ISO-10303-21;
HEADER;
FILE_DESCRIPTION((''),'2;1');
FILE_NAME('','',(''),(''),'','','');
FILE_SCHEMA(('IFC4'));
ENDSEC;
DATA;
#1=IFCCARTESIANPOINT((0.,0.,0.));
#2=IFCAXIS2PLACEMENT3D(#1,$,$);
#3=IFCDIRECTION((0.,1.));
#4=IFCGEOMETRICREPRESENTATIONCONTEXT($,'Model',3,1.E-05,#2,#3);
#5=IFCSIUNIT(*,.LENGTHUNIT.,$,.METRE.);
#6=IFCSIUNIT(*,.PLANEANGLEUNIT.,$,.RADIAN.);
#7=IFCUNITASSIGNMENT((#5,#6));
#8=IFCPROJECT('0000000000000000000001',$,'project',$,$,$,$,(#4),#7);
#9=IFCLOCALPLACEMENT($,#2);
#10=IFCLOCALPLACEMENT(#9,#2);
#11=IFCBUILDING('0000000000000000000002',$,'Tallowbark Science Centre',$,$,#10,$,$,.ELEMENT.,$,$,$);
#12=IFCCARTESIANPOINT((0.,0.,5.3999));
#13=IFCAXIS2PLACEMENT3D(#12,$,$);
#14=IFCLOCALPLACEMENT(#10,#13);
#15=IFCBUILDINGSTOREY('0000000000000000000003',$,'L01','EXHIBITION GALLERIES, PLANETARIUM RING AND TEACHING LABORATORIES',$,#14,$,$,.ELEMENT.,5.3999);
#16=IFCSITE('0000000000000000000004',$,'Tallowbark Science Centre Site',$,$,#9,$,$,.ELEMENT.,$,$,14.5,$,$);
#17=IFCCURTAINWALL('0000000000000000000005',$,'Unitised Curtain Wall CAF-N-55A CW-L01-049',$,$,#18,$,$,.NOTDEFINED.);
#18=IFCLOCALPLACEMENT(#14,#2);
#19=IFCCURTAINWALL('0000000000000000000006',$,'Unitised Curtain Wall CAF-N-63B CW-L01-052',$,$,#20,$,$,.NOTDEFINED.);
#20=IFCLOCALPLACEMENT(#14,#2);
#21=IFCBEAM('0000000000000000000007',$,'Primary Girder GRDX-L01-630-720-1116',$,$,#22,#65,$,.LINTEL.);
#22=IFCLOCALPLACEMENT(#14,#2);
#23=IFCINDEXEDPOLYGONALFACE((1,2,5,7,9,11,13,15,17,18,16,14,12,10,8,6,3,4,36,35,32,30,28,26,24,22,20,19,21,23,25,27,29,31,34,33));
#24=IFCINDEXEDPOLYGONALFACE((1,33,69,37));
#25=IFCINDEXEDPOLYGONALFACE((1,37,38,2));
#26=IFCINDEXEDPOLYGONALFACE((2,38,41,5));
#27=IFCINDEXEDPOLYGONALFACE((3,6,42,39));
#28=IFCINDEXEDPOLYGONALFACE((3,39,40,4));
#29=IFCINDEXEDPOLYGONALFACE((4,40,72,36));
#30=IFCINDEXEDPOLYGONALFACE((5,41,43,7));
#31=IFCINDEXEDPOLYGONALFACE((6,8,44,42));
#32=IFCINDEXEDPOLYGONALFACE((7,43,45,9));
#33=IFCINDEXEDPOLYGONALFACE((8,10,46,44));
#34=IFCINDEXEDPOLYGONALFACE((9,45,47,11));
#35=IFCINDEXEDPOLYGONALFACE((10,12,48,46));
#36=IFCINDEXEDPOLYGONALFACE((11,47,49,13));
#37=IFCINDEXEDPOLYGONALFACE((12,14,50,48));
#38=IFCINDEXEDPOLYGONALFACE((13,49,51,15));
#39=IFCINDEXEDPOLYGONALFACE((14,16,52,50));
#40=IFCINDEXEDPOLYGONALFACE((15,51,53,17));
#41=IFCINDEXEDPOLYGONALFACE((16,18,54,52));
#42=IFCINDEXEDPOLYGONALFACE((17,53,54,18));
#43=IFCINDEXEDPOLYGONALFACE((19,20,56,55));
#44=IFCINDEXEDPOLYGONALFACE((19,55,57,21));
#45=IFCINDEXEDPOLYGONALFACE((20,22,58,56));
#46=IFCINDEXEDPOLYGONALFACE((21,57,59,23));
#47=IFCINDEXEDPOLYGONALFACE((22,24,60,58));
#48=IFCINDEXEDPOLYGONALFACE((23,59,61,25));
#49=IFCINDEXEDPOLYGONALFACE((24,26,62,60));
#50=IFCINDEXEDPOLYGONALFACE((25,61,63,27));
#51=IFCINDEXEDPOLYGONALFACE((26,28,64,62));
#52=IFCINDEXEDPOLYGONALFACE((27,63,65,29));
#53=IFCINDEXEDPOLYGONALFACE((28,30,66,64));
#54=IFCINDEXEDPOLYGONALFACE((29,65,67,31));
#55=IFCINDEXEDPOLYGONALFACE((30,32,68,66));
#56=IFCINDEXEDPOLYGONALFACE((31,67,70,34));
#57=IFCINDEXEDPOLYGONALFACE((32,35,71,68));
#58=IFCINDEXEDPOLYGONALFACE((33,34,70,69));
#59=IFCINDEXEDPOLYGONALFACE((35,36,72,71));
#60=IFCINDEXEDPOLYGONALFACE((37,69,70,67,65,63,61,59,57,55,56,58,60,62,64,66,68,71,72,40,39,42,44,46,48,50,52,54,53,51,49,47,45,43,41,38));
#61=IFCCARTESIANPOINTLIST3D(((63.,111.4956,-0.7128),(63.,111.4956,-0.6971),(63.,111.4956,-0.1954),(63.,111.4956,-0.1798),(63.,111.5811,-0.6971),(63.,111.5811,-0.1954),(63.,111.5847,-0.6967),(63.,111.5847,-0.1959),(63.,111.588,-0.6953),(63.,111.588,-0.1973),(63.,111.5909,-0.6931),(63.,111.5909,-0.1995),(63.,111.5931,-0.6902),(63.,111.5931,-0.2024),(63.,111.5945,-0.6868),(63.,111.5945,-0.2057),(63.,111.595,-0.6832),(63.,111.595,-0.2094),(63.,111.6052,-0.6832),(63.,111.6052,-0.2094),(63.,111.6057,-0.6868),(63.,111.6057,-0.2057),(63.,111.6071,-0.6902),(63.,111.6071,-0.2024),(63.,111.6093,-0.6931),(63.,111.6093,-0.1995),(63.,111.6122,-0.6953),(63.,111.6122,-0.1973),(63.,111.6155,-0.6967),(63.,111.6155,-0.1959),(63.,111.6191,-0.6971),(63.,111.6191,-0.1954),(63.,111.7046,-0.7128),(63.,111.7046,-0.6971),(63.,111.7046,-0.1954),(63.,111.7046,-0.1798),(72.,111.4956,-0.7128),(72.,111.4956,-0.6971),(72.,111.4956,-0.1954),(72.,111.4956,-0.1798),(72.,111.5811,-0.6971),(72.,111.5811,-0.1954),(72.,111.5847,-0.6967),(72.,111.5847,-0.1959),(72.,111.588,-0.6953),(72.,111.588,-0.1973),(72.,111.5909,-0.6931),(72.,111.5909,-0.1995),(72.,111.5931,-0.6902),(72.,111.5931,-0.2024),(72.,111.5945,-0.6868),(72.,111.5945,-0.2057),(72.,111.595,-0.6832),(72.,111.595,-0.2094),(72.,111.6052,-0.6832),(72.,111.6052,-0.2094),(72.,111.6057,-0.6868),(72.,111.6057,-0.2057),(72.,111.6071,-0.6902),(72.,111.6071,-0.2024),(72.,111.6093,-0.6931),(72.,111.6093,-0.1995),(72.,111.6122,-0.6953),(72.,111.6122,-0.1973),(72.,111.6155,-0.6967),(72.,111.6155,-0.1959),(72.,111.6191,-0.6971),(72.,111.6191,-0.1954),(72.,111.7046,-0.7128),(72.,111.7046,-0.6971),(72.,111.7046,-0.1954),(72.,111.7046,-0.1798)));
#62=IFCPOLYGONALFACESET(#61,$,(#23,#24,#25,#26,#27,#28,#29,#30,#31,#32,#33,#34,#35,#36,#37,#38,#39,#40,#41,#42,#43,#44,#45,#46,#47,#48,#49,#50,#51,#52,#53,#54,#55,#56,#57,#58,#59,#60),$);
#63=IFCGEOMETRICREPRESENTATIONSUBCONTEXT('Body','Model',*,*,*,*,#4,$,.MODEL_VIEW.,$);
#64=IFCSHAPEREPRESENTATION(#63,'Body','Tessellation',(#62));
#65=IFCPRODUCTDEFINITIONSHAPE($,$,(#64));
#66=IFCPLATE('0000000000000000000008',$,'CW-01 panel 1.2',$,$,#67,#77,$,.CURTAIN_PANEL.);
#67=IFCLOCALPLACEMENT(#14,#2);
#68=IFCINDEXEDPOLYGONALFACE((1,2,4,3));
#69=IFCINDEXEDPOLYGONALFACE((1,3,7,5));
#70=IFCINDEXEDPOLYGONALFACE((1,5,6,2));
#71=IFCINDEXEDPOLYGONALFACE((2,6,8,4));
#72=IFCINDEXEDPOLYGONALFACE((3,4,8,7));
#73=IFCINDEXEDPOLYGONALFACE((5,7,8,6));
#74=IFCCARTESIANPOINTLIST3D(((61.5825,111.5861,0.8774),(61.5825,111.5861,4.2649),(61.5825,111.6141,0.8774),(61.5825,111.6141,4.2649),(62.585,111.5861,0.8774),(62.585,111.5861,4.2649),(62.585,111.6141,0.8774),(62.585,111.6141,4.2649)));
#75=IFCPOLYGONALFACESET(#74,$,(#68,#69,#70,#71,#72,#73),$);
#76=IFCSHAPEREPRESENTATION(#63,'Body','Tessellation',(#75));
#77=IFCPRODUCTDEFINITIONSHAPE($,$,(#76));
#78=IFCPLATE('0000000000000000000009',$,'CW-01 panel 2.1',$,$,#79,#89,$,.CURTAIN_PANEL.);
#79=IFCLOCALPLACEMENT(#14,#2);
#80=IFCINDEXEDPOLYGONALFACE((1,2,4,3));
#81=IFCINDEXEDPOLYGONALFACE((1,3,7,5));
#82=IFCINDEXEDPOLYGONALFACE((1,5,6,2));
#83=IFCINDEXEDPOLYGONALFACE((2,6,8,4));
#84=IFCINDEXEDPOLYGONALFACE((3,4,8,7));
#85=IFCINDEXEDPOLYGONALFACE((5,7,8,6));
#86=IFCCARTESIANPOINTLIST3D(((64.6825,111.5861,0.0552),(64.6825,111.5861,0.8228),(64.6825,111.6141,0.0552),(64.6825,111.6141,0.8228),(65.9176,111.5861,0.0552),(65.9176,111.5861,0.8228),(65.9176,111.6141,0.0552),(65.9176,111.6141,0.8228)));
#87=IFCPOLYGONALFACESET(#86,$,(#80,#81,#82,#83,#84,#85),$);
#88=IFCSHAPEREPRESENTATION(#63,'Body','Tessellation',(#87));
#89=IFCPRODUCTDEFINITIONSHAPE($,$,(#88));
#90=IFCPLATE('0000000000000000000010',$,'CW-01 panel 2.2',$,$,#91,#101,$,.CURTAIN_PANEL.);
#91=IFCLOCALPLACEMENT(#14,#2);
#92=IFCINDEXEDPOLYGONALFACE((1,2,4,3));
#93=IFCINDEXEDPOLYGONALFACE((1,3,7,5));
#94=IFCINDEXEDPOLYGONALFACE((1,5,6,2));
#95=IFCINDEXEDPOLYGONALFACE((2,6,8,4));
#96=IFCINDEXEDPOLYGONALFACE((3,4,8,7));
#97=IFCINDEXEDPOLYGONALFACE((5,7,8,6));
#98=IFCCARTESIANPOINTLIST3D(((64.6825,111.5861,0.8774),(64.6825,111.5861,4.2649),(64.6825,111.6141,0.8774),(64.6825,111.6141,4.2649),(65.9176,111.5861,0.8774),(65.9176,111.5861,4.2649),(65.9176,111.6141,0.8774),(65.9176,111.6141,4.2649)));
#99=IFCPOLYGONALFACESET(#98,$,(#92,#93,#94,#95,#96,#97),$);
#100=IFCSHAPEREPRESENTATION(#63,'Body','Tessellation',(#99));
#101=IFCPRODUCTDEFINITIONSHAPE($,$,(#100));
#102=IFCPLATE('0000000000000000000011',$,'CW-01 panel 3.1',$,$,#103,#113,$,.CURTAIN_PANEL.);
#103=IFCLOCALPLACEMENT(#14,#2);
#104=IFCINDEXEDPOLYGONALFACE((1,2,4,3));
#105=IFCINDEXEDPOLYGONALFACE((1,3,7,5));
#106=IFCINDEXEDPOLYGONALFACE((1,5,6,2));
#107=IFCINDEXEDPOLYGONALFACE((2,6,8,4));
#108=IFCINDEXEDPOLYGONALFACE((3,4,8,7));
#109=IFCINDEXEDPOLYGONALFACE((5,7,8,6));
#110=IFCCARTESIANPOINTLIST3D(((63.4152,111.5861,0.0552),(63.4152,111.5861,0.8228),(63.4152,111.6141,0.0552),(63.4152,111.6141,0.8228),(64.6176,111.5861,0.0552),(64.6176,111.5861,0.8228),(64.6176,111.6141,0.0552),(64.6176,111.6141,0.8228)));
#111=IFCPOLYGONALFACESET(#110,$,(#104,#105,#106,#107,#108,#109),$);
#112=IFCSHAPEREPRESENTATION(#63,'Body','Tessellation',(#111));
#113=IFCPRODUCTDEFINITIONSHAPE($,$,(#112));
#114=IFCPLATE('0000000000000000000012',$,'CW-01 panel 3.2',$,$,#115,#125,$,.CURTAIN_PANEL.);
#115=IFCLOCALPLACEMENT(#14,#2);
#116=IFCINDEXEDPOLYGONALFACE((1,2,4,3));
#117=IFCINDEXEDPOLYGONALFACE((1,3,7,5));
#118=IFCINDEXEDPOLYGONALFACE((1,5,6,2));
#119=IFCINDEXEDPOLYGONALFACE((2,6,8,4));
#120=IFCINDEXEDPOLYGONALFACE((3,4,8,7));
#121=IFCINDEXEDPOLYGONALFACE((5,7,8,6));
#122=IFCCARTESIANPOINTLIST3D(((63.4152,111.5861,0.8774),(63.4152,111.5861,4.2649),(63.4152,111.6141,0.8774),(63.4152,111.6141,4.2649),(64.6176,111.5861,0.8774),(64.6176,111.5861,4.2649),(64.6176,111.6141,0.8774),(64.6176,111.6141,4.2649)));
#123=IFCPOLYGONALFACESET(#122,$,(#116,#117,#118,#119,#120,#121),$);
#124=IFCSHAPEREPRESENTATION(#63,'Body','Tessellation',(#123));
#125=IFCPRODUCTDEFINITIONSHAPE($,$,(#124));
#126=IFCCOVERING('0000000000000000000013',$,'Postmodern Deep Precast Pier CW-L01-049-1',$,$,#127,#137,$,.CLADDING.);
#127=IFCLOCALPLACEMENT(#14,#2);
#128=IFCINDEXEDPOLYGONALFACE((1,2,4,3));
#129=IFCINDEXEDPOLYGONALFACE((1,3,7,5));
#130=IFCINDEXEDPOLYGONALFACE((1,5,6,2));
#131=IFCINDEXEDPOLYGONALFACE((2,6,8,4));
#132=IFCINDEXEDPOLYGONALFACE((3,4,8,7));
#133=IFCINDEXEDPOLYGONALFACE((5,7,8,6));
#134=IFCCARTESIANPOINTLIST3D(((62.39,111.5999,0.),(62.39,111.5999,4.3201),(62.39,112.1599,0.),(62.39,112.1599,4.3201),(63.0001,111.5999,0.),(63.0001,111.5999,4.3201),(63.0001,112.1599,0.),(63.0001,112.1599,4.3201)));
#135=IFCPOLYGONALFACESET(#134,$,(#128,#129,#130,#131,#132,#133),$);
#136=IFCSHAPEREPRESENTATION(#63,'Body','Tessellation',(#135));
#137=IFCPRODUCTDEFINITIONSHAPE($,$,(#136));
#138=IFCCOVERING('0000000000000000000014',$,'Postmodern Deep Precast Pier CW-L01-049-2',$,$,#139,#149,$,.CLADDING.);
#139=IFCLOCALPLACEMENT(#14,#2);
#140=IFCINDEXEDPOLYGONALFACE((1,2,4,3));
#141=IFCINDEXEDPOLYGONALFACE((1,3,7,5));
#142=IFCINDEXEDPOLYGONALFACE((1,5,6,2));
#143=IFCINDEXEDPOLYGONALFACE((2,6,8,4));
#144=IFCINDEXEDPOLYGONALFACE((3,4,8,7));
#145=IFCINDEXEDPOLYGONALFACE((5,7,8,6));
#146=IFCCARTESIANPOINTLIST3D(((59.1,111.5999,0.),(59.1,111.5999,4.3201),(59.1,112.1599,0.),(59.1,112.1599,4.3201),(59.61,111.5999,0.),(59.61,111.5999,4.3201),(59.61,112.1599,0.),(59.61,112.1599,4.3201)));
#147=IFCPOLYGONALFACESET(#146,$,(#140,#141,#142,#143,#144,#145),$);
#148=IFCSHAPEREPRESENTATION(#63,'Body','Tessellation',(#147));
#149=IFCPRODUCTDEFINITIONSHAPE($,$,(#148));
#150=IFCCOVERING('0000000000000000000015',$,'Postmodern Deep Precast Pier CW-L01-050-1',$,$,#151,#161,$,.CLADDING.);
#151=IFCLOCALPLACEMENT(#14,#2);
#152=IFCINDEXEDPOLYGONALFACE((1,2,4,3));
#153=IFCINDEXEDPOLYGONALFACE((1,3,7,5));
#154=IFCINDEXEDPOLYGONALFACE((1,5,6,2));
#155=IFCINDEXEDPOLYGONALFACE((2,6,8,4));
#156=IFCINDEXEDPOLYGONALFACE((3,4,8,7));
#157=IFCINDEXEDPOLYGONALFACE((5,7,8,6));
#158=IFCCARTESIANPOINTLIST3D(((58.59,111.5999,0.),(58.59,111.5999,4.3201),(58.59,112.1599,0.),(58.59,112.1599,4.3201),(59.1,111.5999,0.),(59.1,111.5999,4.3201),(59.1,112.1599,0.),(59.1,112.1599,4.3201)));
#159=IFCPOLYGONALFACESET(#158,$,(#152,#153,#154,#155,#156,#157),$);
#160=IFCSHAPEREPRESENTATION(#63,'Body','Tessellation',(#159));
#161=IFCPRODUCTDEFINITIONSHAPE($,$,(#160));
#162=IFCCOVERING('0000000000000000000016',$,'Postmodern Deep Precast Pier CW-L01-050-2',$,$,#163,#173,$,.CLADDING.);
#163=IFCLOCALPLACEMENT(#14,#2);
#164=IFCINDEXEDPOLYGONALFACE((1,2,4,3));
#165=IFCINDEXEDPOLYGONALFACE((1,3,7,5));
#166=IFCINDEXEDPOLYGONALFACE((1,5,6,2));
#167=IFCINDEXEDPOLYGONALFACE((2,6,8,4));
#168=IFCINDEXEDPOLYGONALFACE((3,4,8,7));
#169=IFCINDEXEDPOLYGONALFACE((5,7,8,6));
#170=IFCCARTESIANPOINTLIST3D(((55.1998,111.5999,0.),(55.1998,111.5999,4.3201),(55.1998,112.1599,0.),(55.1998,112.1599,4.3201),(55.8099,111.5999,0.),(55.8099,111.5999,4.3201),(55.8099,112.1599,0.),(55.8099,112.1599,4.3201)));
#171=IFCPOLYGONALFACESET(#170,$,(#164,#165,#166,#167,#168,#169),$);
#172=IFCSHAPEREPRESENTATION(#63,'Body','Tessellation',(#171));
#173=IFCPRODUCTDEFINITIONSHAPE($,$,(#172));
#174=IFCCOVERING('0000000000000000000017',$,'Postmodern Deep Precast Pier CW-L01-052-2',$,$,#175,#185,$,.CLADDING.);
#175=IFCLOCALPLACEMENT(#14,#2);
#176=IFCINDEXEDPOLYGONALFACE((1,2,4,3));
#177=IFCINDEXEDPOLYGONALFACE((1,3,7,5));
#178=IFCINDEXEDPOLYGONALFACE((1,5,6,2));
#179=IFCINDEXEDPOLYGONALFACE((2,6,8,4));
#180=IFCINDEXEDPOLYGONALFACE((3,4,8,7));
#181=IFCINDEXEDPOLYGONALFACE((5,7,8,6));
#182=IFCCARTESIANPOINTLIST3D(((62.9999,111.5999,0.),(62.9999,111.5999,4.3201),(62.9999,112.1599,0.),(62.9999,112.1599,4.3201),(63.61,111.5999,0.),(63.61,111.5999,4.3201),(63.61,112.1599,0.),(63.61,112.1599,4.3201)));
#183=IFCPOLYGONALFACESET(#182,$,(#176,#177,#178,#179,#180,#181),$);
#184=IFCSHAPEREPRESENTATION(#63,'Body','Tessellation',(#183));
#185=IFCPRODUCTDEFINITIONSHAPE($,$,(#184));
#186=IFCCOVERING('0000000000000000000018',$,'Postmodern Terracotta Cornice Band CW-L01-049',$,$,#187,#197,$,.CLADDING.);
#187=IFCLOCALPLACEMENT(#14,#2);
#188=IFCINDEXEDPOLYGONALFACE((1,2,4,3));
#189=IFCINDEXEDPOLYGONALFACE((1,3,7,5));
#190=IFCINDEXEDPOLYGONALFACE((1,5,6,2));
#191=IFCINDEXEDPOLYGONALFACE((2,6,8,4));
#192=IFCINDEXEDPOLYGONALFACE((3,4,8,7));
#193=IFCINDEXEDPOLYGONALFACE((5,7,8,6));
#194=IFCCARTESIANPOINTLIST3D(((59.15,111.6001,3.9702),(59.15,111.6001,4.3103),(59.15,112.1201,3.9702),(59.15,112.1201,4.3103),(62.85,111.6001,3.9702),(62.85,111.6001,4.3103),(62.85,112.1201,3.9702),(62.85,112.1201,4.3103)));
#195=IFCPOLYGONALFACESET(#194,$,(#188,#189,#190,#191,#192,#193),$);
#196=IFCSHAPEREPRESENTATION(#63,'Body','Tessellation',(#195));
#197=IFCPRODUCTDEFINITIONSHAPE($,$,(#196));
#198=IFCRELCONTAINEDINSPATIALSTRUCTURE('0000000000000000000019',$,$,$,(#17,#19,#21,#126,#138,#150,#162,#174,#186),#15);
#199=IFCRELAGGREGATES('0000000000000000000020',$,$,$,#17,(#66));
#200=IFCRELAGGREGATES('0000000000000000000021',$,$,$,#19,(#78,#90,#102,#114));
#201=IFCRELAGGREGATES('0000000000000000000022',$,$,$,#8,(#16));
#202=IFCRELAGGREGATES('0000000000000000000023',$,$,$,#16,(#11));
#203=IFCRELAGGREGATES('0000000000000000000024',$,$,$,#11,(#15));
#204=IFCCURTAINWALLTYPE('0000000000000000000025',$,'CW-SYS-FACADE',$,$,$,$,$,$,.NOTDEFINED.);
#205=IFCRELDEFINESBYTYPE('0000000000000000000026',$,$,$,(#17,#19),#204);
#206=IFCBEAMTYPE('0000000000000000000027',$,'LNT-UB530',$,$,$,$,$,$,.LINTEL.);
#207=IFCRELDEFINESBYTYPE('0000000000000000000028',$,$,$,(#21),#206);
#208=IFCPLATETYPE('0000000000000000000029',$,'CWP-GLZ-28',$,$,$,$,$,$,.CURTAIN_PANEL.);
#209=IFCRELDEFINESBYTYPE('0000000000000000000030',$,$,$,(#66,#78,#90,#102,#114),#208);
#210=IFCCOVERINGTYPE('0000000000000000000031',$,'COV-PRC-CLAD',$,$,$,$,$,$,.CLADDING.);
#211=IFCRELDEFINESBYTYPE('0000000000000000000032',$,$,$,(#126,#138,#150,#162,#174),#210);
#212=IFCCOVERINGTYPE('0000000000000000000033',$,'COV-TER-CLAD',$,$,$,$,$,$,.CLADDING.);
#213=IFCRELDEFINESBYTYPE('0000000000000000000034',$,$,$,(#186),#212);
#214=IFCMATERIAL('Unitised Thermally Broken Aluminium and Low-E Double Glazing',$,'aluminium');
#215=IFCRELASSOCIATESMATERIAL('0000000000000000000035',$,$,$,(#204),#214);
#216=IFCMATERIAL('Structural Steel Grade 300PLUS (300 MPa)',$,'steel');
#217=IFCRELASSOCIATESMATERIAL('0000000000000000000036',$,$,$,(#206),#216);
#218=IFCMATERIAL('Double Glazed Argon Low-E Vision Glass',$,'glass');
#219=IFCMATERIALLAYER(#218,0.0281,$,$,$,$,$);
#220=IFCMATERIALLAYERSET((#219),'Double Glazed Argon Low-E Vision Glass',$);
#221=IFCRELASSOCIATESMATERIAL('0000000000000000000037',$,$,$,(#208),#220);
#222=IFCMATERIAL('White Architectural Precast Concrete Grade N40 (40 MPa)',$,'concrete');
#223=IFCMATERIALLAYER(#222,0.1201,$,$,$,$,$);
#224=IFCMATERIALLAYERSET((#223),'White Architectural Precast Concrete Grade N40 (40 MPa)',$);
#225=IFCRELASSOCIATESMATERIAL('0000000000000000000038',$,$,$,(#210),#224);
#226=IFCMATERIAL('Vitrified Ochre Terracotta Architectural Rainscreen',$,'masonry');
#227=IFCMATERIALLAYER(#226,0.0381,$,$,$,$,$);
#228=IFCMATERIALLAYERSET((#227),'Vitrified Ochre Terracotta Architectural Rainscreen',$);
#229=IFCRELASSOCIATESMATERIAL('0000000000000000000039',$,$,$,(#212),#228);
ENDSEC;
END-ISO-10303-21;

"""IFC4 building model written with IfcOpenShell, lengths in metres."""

from ifc_helpers import new_model, si_unit, direction, frame, origin, origin_2d, place, context, subcontext, project, spatial, rectangle, i_section, extrude, material, layer, layer_set, material_profile, profile_set, type_object, element, aggregate, save


model = new_model("IFC4")

# Units and contexts
model_context = context("Model", 3, precision=1e-05, world=origin(), true_north=direction((0.0, 1.0)))
body_context = subcontext(model_context, "Body", "Model", "MODEL_VIEW")
ifc_project = project(units=[si_unit("LENGTHUNIT", "METRE"), si_unit("PLANEANGLEUNIT", "RADIAN")], contexts=[model_context])

# Site, building, storey
site_placement = place(None, origin())
site = spatial("IfcSite", under=ifc_project, at=site_placement, Name="Tallowbark Science Centre Site", CompositionType="ELEMENT", RefElevation=14.5)
building_placement = place(site_placement, origin())
building = spatial("IfcBuilding", under=site, at=building_placement, Name="Tallowbark Science Centre", CompositionType="ELEMENT")
storey_placement = place(building_placement, frame((0.0, 0.0, 5.3999)))
storey = spatial("IfcBuildingStorey", under=building, at=storey_placement, Name="L01", Description="EXHIBITION GALLERIES, PLANETARIUM RING AND TEACHING LABORATORIES", CompositionType="ELEMENT", Elevation=5.3999)

# Shared definitions
ifc_material_1 = material(Name="Structural Steel Grade 300PLUS (300 MPa)", Category="steel")

# Curtain wall
ifc_material_2 = material(Name="Unitised Thermally Broken Aluminium and Low-E Double Glazing", Category="aluminium")
curtain_wall_type = type_object("IfcCurtainWallType", Name="CW-SYS-FACADE", PredefinedType="NOTDEFINED", material=ifc_material_2)
curtain_wall_1_placement = place(storey_placement, origin())
curtain_wall_1 = element("IfcCurtainWall", 1, at=curtain_wall_1_placement, inside=storey, type_object=curtain_wall_type, Name="Unitised Curtain Wall CAF-N-55A CW-L01-049", PredefinedType="NOTDEFINED")

# Curtain wall
curtain_wall_2_placement = place(storey_placement, origin())
curtain_wall_2 = element("IfcCurtainWall", 2, at=curtain_wall_2_placement, inside=storey, type_object=curtain_wall_type, Name="Unitised Curtain Wall CAF-N-63B CW-L01-052", PredefinedType="NOTDEFINED")

# Beam
ifc_material_profile_1 = material_profile(ifc_material_1, i_section(OverallWidth=0.209, OverallDepth=0.533, WebThickness=0.0103, FlangeThickness=0.0156, FilletRadius=0.0139, at=origin_2d()), Name="530UB92.4")
ifc_profile_set_1 = profile_set([ifc_material_profile_1], Name="Structural Steel Grade 300PLUS (300 MPa)")
beam_type = type_object("IfcBeamType", Name="LNT-UB530", PredefinedType="LINTEL", material=ifc_profile_set_1)
beam_placement = place(storey_placement, frame((63.0, 111.6001, -0.4463), z_axis=(1.0, 0.0, 0.0), x_axis=(0.0, 1.0, 0.0)))
element("IfcBeam", 3, at=beam_placement, inside=storey, type_object=beam_type, Name="Primary Girder GRDX-L01-630-720-1116", PredefinedType="LINTEL", context=body_context, shape_type="SweptSolid", body=[
    extrude(i_section(OverallWidth=0.209, OverallDepth=0.533, WebThickness=0.0103, FlangeThickness=0.0156, FilletRadius=0.0139, at=origin_2d()), origin(), (0.0, 0.0, 1.0), 9.0),
])

# Plates
ifc_material_3 = material(Name="Double Glazed Argon Low-E Vision Glass", Category="glass")
ifc_layer_1 = layer(ifc_material_3, 0.0281)
ifc_layer_set_1 = layer_set([ifc_layer_1], Name="Double Glazed Argon Low-E Vision Glass")
plate_type = type_object("IfcPlateType", Name="CWP-GLZ-28", PredefinedType="CURTAIN_PANEL", material=ifc_layer_set_1)
plate_1_placement = place(storey_placement, frame((62.0837, 111.6001, 0.8774), z_axis=(0.0, 0.0, 1.0), x_axis=(-1.0, 0.0, 0.0)))
plate_1 = element("IfcPlate", 4, at=plate_1_placement, type_object=plate_type, Name="CW-01 panel 1.2", PredefinedType="CURTAIN_PANEL", context=body_context, shape_type="SweptSolid", body=[
    extrude(rectangle(XDim=1.0024, YDim=0.0281, at=origin_2d()), origin(), (0.0, 0.0, 1.0), 3.3875),
])
aggregate(curtain_wall_1, [plate_1])
plate_2_placement = place(storey_placement, frame((65.3, 111.6001, 0.0552), z_axis=(0.0, 0.0, 1.0), x_axis=(-1.0, 0.0, 0.0)))
plate_2 = element("IfcPlate", 5, at=plate_2_placement, type_object=plate_type, Name="CW-01 panel 2.1", PredefinedType="CURTAIN_PANEL", context=body_context, shape_type="SweptSolid", body=[
    extrude(rectangle(XDim=1.2351, YDim=0.0281, at=origin_2d()), origin(), (0.0, 0.0, 1.0), 0.7676),
])
plate_3_placement = place(storey_placement, frame((65.3, 111.6001, 0.8774), z_axis=(0.0, 0.0, 1.0), x_axis=(-1.0, 0.0, 0.0)))
plate_3 = element("IfcPlate", 6, at=plate_3_placement, type_object=plate_type, Name="CW-01 panel 2.2", PredefinedType="CURTAIN_PANEL", context=body_context, shape_type="SweptSolid", body=[
    extrude(rectangle(XDim=1.2351, YDim=0.0281, at=origin_2d()), origin(), (0.0, 0.0, 1.0), 3.3875),
])
plate_4_placement = place(storey_placement, frame((64.0164, 111.6001, 0.0552), z_axis=(0.0, 0.0, 1.0), x_axis=(-1.0, 0.0, 0.0)))
plate_4 = element("IfcPlate", 7, at=plate_4_placement, type_object=plate_type, Name="CW-01 panel 3.1", PredefinedType="CURTAIN_PANEL", context=body_context, shape_type="SweptSolid", body=[
    extrude(rectangle(XDim=1.2024, YDim=0.0281, at=origin_2d()), origin(), (0.0, 0.0, 1.0), 0.7676),
])
plate_5_placement = place(storey_placement, frame((64.0164, 111.6001, 0.8774), z_axis=(0.0, 0.0, 1.0), x_axis=(-1.0, 0.0, 0.0)))
plate_5 = element("IfcPlate", 8, at=plate_5_placement, type_object=plate_type, Name="CW-01 panel 3.2", PredefinedType="CURTAIN_PANEL", context=body_context, shape_type="SweptSolid", body=[
    extrude(rectangle(XDim=1.2024, YDim=0.0281, at=origin_2d()), origin(), (0.0, 0.0, 1.0), 3.3875),
])
aggregate(curtain_wall_2, [plate_2, plate_3, plate_4, plate_5])

# Coverings
ifc_material_4 = material(Name="White Architectural Precast Concrete Grade N40 (40 MPa)", Category="concrete")
ifc_layer_2 = layer(ifc_material_4, 0.1201)
ifc_layer_set_2 = layer_set([ifc_layer_2], Name="White Architectural Precast Concrete Grade N40 (40 MPa)")
covering_type_1 = type_object("IfcCoveringType", Name="COV-PRC-CLAD", PredefinedType="CLADDING", material=ifc_layer_set_2)
covering_1_placement = place(storey_placement, frame((62.6951, 111.8799, 0.0), z_axis=(0.0, 0.0, 1.0), x_axis=(-1.0, 0.0, 0.0)))
element("IfcCovering", 9, at=covering_1_placement, inside=storey, type_object=covering_type_1, Name="Postmodern Deep Precast Pier CW-L01-049-1", PredefinedType="CLADDING", context=body_context, shape_type="SweptSolid", body=[
    extrude(rectangle(XDim=0.6101, YDim=0.5601, at=origin_2d()), origin(), (0.0, 0.0, 1.0), 4.3201),
])
for number, where, z_axis, x_axis, name in (
    (10, (59.355, 111.8799, 0.0), (0.0, 0.0, 1.0), (-1.0, 0.0, 0.0), "Postmodern Deep Precast Pier CW-L01-049-2"),
    (11, (58.845, 111.8799, 0.0), (0.0, 0.0, 1.0), (-1.0, 0.0, 0.0), "Postmodern Deep Precast Pier CW-L01-050-1"),
):
    element("IfcCovering", number, at=place(storey_placement, frame(where, z_axis=z_axis, x_axis=x_axis)), inside=storey, type_object=covering_type_1, Name=name, PredefinedType="CLADDING", context=body_context, shape_type="SweptSolid", body=[
        extrude(rectangle(XDim=0.51, YDim=0.5601, at=origin_2d()), origin(), (0.0, 0.0, 1.0), 4.3201),
    ])
for number, where, z_axis, x_axis, name in (
    (12, (55.5049, 111.8799, 0.0), (0.0, 0.0, 1.0), (-1.0, 0.0, 0.0), "Postmodern Deep Precast Pier CW-L01-050-2"),
    (13, (63.3049, 111.8799, 0.0), (0.0, 0.0, 1.0), (-1.0, 0.0, 0.0), "Postmodern Deep Precast Pier CW-L01-052-2"),
):
    element("IfcCovering", number, at=place(storey_placement, frame(where, z_axis=z_axis, x_axis=x_axis)), inside=storey, type_object=covering_type_1, Name=name, PredefinedType="CLADDING", context=body_context, shape_type="SweptSolid", body=[
        extrude(rectangle(XDim=0.6101, YDim=0.5601, at=origin_2d()), origin(), (0.0, 0.0, 1.0), 4.3201),
    ])
ifc_material_5 = material(Name="Vitrified Ochre Terracotta Architectural Rainscreen", Category="masonry")
ifc_layer_3 = layer(ifc_material_5, 0.0381)
ifc_layer_set_3 = layer_set([ifc_layer_3], Name="Vitrified Ochre Terracotta Architectural Rainscreen")
covering_type_2 = type_object("IfcCoveringType", Name="COV-TER-CLAD", PredefinedType="CLADDING", material=ifc_layer_set_3)
for number, where, z_axis, x_axis, name in (
    (14, (61.0, 111.8601, 3.9702), (0.0, 0.0, 1.0), (-1.0, 0.0, 0.0), "Postmodern Terracotta Cornice Band CW-L01-049"),
):
    element("IfcCovering", number, at=place(storey_placement, frame(where, z_axis=z_axis, x_axis=x_axis)), inside=storey, type_object=covering_type_2, Name=name, PredefinedType="CLADDING", context=body_context, shape_type="SweptSolid", body=[
        extrude(rectangle(XDim=3.7, YDim=0.52, at=origin_2d()), origin(), (0.0, 0.0, 1.0), 0.3401),
    ])

save(model, "model.ifc")
